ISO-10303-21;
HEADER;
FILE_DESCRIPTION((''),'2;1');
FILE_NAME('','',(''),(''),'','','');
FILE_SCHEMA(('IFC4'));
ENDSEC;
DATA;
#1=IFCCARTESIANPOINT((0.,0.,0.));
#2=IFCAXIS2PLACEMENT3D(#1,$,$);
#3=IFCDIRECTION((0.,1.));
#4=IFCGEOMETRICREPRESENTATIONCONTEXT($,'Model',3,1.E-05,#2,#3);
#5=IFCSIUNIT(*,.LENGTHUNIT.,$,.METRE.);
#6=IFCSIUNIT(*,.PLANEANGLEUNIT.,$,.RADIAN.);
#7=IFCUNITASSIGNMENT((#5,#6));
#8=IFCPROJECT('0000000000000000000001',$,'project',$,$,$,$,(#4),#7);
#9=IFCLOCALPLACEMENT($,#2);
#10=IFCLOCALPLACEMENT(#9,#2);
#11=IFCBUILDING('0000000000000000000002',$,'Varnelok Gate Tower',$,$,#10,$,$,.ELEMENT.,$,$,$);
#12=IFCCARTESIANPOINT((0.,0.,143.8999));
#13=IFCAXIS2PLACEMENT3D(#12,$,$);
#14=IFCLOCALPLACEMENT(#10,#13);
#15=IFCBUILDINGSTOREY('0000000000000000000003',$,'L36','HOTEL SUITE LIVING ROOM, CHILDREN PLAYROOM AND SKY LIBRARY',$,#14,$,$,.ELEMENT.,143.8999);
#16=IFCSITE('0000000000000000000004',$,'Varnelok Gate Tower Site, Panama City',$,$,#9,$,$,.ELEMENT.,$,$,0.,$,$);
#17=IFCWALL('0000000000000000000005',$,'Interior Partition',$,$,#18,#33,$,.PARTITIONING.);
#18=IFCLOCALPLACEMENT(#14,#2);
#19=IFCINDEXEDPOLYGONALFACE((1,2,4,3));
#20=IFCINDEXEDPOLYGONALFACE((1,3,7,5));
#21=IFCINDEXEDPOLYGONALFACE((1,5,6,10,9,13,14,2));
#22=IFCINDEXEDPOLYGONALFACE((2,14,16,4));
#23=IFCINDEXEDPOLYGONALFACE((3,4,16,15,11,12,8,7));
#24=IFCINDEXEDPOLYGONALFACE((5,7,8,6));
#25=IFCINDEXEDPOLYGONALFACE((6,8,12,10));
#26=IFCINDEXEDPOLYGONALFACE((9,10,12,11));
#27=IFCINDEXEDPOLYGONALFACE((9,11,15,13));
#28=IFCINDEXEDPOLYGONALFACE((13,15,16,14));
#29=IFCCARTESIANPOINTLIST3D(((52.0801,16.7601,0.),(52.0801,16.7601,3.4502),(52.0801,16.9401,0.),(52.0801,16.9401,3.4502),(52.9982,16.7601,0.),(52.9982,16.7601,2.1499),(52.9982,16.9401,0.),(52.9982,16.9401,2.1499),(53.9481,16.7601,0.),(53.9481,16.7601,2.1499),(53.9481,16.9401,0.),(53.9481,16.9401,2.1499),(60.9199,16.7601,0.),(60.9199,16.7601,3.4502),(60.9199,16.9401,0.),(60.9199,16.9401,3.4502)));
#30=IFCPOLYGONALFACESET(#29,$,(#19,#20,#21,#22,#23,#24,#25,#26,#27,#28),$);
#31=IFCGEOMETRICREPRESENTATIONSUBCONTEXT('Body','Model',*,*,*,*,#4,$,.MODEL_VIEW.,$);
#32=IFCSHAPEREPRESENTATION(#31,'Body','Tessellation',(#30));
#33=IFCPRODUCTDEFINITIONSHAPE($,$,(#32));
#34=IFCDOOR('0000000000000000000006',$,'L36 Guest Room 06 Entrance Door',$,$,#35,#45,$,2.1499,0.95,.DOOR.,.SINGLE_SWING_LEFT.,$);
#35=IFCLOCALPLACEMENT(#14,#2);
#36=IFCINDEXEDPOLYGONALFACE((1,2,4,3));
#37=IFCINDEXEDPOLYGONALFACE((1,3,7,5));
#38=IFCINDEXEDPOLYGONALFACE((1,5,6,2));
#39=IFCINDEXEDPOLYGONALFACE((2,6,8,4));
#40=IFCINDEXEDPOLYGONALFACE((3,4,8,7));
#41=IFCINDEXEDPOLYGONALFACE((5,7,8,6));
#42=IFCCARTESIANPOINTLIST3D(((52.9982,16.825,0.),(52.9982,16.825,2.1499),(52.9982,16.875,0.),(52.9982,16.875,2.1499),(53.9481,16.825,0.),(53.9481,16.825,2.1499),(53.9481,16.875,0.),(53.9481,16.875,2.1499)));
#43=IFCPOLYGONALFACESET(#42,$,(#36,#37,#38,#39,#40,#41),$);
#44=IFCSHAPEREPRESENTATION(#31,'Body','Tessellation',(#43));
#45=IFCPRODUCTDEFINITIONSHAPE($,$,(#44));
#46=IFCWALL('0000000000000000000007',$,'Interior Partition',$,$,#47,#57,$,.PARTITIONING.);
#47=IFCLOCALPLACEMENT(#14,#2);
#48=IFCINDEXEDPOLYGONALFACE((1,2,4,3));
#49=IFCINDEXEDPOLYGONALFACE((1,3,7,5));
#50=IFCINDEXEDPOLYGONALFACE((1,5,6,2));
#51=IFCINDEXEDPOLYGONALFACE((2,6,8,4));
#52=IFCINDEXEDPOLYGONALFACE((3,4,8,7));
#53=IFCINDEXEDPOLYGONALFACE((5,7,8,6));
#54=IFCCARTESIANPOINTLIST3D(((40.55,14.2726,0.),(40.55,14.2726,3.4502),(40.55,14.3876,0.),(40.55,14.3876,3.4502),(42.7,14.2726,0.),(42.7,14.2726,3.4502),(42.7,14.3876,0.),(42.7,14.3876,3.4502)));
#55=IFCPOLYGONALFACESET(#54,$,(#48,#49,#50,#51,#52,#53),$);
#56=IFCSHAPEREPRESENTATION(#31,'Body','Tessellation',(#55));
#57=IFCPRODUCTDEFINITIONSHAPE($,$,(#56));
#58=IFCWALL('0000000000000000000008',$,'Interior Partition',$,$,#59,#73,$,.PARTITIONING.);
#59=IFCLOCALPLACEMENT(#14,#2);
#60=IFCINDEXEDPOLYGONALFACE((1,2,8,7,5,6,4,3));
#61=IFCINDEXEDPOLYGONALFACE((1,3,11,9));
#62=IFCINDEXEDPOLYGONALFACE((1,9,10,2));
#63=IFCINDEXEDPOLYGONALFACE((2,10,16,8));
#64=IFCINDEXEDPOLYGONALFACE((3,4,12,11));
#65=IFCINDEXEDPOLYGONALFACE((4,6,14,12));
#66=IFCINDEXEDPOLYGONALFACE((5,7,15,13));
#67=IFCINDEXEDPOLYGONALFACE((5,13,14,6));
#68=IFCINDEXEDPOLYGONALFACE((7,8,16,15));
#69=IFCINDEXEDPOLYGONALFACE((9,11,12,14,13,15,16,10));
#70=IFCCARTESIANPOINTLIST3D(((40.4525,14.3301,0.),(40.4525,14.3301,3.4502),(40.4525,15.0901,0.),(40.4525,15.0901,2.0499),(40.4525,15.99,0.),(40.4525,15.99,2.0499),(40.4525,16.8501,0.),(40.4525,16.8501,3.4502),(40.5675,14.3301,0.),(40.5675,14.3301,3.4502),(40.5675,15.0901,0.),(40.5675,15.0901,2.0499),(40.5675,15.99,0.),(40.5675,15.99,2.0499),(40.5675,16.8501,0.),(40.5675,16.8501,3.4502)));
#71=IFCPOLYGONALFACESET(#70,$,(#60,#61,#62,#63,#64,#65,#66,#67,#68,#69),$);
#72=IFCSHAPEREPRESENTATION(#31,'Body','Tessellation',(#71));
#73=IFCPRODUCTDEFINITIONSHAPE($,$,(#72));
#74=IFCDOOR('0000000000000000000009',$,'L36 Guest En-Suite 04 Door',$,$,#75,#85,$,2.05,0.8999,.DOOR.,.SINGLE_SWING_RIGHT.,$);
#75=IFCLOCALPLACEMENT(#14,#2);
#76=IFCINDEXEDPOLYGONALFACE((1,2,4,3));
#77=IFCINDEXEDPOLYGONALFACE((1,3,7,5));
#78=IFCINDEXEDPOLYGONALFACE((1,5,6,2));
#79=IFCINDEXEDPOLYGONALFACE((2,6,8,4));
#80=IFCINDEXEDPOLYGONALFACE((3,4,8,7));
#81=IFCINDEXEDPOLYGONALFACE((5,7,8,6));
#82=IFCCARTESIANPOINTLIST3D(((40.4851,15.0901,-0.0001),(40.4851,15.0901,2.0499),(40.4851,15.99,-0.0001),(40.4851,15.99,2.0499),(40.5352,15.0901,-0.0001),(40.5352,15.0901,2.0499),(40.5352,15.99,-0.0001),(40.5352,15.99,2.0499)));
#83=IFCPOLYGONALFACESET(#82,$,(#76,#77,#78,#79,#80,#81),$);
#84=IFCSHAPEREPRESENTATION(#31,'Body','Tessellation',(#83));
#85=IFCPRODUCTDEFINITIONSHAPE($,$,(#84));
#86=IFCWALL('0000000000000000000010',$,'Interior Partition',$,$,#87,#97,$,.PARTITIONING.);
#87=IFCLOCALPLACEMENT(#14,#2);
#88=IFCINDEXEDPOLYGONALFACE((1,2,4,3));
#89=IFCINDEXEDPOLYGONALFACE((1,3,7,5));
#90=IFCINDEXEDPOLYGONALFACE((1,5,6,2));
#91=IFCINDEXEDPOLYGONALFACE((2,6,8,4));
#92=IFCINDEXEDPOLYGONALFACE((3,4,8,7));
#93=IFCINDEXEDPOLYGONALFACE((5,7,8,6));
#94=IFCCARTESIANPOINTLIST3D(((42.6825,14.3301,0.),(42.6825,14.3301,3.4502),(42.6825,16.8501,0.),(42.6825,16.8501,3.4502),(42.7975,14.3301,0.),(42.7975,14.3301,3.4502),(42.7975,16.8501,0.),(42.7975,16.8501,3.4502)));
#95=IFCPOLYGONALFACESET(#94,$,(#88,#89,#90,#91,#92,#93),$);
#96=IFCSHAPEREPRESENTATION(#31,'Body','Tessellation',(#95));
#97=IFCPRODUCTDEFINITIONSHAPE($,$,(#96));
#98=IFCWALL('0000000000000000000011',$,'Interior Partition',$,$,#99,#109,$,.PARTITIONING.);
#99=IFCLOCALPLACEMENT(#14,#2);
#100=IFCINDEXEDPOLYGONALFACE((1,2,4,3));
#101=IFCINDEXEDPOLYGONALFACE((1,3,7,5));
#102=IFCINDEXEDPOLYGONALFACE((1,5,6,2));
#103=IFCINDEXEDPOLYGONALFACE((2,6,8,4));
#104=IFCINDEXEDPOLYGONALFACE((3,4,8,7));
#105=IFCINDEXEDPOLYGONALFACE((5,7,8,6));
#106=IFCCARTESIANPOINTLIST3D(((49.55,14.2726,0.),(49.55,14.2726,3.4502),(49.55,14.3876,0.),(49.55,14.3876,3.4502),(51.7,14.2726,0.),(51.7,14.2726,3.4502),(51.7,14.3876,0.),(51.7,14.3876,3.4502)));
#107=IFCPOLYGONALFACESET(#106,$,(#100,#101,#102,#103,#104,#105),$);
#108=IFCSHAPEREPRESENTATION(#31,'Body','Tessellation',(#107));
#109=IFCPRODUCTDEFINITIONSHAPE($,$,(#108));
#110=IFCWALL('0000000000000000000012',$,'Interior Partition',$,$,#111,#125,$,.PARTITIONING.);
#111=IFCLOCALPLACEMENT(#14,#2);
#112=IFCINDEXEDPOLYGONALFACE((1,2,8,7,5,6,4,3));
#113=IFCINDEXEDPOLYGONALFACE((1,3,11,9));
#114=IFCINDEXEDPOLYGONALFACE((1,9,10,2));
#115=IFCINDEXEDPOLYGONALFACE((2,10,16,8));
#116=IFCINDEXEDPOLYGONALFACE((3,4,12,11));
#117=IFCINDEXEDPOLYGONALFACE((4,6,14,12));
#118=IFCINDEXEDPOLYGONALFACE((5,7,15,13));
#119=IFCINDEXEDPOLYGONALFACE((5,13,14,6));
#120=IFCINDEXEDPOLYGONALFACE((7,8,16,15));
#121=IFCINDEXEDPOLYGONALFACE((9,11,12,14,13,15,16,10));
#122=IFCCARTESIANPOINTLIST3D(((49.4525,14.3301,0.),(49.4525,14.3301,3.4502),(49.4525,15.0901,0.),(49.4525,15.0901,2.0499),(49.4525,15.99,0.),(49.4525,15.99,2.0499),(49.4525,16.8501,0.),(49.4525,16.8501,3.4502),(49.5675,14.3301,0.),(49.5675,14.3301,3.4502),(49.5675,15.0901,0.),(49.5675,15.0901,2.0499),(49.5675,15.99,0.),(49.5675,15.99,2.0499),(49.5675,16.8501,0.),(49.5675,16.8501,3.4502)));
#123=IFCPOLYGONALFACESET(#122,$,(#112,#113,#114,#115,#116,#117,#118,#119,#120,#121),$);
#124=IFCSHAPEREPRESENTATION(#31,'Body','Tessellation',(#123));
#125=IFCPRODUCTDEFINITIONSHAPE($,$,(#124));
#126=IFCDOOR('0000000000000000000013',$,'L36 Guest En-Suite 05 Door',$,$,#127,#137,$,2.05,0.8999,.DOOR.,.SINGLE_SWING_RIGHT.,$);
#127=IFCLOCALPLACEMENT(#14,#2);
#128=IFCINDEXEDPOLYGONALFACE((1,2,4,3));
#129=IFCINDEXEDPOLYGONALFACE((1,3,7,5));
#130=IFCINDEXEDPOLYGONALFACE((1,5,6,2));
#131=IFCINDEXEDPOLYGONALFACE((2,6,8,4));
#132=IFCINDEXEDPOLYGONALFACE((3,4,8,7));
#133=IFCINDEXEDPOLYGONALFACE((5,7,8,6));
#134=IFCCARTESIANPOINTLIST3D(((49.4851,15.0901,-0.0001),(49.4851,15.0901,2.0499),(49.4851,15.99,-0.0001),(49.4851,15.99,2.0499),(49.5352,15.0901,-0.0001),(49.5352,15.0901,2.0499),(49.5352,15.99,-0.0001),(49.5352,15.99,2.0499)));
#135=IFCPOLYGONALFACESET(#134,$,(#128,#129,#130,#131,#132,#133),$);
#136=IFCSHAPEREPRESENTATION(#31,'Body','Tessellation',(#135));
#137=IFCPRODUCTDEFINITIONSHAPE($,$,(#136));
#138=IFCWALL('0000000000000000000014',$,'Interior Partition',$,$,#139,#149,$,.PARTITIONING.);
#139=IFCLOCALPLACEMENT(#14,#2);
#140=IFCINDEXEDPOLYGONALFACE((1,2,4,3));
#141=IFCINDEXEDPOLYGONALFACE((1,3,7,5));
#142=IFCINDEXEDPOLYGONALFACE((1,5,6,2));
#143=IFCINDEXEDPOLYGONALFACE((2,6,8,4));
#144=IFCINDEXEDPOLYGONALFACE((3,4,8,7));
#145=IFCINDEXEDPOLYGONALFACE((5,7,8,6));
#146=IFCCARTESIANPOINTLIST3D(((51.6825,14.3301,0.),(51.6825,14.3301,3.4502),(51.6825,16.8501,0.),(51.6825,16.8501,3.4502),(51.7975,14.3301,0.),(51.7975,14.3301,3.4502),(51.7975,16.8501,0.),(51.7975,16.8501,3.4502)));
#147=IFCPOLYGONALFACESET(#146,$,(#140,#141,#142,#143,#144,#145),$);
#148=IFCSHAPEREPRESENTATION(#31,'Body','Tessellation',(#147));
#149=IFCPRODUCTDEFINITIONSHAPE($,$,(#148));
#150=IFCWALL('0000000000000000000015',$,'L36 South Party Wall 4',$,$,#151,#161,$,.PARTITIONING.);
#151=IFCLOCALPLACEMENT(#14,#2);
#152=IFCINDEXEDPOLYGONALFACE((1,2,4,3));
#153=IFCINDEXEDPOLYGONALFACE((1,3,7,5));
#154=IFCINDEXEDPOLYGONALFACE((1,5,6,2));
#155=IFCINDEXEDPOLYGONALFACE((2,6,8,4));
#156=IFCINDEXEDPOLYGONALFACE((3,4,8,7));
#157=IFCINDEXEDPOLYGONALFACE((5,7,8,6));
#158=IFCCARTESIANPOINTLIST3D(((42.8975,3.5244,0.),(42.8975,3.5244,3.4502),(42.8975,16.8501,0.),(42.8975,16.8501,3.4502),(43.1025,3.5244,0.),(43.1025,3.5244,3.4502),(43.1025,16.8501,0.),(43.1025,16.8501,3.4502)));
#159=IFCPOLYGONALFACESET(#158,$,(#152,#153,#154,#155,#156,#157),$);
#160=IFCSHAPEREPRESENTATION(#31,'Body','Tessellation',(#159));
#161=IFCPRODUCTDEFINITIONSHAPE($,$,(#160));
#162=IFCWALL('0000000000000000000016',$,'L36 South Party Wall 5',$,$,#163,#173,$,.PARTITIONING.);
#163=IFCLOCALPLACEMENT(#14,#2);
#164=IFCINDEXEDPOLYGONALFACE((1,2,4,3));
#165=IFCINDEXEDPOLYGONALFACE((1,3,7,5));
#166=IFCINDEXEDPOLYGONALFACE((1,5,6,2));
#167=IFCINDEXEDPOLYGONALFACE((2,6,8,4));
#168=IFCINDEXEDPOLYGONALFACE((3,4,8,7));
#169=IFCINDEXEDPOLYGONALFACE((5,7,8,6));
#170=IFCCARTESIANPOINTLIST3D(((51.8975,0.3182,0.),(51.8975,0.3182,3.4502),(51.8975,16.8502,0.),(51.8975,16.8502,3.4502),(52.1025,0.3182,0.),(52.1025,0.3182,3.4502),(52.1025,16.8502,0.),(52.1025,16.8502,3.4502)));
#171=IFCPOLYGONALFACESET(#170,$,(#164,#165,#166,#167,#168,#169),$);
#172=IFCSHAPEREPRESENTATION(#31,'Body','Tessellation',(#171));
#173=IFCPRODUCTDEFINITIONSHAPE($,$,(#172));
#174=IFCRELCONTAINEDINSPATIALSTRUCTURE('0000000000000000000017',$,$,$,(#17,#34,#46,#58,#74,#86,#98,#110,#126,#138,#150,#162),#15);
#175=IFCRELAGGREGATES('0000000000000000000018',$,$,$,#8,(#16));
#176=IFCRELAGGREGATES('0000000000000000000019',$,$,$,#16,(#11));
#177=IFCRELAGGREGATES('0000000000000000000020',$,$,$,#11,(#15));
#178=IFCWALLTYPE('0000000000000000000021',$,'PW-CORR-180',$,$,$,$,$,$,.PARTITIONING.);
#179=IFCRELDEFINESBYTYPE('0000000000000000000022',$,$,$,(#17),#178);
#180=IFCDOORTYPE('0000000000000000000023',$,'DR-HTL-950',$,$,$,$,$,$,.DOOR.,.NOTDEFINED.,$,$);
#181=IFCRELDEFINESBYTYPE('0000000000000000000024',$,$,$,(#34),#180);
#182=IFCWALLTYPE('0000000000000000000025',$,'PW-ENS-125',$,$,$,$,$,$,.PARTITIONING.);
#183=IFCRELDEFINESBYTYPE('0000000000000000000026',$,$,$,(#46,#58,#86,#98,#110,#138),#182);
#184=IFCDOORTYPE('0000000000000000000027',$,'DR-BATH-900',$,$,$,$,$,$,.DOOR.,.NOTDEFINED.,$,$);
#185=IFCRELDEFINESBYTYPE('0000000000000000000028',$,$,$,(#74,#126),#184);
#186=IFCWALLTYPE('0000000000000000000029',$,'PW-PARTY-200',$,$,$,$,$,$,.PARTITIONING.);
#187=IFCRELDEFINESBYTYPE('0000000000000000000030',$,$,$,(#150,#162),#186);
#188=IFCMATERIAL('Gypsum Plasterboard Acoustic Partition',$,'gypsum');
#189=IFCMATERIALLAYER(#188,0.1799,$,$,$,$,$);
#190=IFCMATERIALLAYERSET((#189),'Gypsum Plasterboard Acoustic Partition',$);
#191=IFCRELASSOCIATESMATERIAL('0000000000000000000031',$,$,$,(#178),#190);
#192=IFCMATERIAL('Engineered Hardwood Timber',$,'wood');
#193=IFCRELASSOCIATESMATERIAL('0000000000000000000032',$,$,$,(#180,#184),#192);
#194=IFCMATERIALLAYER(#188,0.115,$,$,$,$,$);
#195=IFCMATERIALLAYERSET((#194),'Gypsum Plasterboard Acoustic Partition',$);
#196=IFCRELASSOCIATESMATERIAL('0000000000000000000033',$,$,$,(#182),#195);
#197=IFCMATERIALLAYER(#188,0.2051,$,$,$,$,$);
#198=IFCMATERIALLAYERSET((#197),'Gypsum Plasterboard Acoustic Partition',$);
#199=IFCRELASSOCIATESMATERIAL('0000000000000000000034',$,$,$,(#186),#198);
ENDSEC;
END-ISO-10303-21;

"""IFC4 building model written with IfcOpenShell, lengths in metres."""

from ifc_helpers import new_model, si_unit, direction, frame, frame_2d, origin, place, context, subcontext, project, spatial, rectangle, extrude, material, layer, layer_set, type_object, element, fill, save


model = new_model("IFC4")

# Units and contexts
model_context = context("Model", 3, precision=1e-05, world=origin(), true_north=direction((0.0, 1.0)))
body_context = subcontext(model_context, "Body", "Model", "MODEL_VIEW")
ifc_project = project(units=[si_unit("LENGTHUNIT", "METRE"), si_unit("PLANEANGLEUNIT", "RADIAN")], contexts=[model_context])

# Site, building, storey
site_placement = place(None, origin())
site = spatial("IfcSite", under=ifc_project, at=site_placement, Name="Varnelok Gate Tower Site, Panama City", CompositionType="ELEMENT", RefElevation=0.0)
building_placement = place(site_placement, origin())
building = spatial("IfcBuilding", under=site, at=building_placement, Name="Varnelok Gate Tower", CompositionType="ELEMENT")
storey_placement = place(building_placement, frame((0.0, 0.0, 143.8999)))
storey = spatial("IfcBuildingStorey", under=building, at=storey_placement, Name="L36", Description="HOTEL SUITE LIVING ROOM, CHILDREN PLAYROOM AND SKY LIBRARY", CompositionType="ELEMENT", Elevation=143.8999)

# Wall, opening, door
ifc_material_1 = material(Name="Gypsum Plasterboard Acoustic Partition", Category="gypsum")
ifc_layer_1 = layer(ifc_material_1, 0.1799)
ifc_layer_set_1 = layer_set([ifc_layer_1], Name="Gypsum Plasterboard Acoustic Partition")
wall_type_1 = type_object("IfcWallType", Name="PW-CORR-180", PredefinedType="PARTITIONING", material=ifc_layer_set_1)
ifc_material_2 = material(Name="Engineered Hardwood Timber", Category="wood")
door_type_1 = type_object("IfcDoorType", Name="DR-HTL-950", OperationType="NOTDEFINED", PredefinedType="DOOR", material=ifc_material_2)
wall_1_placement = place(storey_placement, frame((52.0801, 16.8501, 0.0), z_axis=(0.0, 0.0, 1.0), x_axis=(1.0, 0.0, 0.0)))
wall_1 = element("IfcWall", 1, at=wall_1_placement, inside=storey, type_object=wall_type_1, Name="Interior Partition", PredefinedType="PARTITIONING", context=body_context, shape_type="SweptSolid", body=[
    extrude(rectangle(XDim=8.8398, YDim=0.1799, at=frame_2d((4.4199, 0.0))), origin(), (0.0, 0.0, 1.0), 3.4502),
])
opening_1_placement = place(wall_1_placement, frame((0.918, 0.0, 0.0)))
opening_1 = element("IfcOpeningElement", 2, at=opening_1_placement, cuts=wall_1, PredefinedType="OPENING", context=body_context, shape_type="SweptSolid", body=[
    extrude(rectangle(XDim=0.95, YDim=2.1499, at=frame_2d((0.4751, 1.075))), frame((0.0, 0.0999, 0.0), z_axis=(0.0, -1.0, 0.0), x_axis=(1.0, 0.0, 0.0)), (0.0, 0.0, 1.0), 0.2),
])
door_1_placement = place(opening_1_placement, origin())
door_1 = element("IfcDoor", 3, at=door_1_placement, inside=storey, type_object=door_type_1, Name="L36 Guest Room 06 Entrance Door", OperationType="SINGLE_SWING_LEFT", OverallHeight=2.1499, OverallWidth=0.95, PredefinedType="DOOR", context=body_context, shape_type="SweptSolid", body=[
    extrude(rectangle(XDim=0.95, YDim=2.1499, at=frame_2d((0.4751, 1.075))), frame((0.0, 0.0249, 0.0), z_axis=(0.0, -1.0, 0.0), x_axis=(1.0, 0.0, 0.0)), (0.0, 0.0, 1.0), 0.05),
])
fill(opening_1, door_1)

# Wall
ifc_layer_2 = layer(ifc_material_1, 0.115)
ifc_layer_set_2 = layer_set([ifc_layer_2], Name="Gypsum Plasterboard Acoustic Partition")
wall_type_2 = type_object("IfcWallType", Name="PW-ENS-125", PredefinedType="PARTITIONING", material=ifc_layer_set_2)
wall_2_placement = place(storey_placement, frame((40.55, 14.3301, 0.0), z_axis=(0.0, 0.0, 1.0), x_axis=(1.0, 0.0, 0.0)))
element("IfcWall", 4, at=wall_2_placement, inside=storey, type_object=wall_type_2, Name="Interior Partition", PredefinedType="PARTITIONING", context=body_context, shape_type="SweptSolid", body=[
    extrude(rectangle(XDim=2.1499, YDim=0.115, at=frame_2d((1.075, 0.0))), origin(), (0.0, 0.0, 1.0), 3.4502),
])

# Wall, opening, door
wall_3_placement = place(storey_placement, frame((40.51, 14.3301, 0.0), z_axis=(0.0, 0.0, 1.0), x_axis=(0.0, 1.0, 0.0)))
wall_3 = element("IfcWall", 5, at=wall_3_placement, inside=storey, type_object=wall_type_2, Name="Interior Partition", PredefinedType="PARTITIONING", context=body_context, shape_type="SweptSolid", body=[
    extrude(rectangle(XDim=2.52, YDim=0.115, at=frame_2d((1.26, 0.0))), origin(), (0.0, 0.0, 1.0), 3.4502),
])
opening_2_placement = place(wall_3_placement, frame((0.76, 0.0, 0.0)))
opening_2 = element("IfcOpeningElement", 6, at=opening_2_placement, cuts=wall_3, PredefinedType="OPENING", context=body_context, shape_type="SweptSolid", body=[
    extrude(rectangle(XDim=0.8999, YDim=2.05, at=frame_2d((0.45, 1.0249))), frame((0.0, 0.0674, 0.0), z_axis=(0.0, -1.0, 0.0), x_axis=(1.0, 0.0, 0.0)), (0.0, 0.0, 1.0), 0.135),
])
door_type_2 = type_object("IfcDoorType", Name="DR-BATH-900", OperationType="NOTDEFINED", PredefinedType="DOOR", material=ifc_material_2)
door_2_placement = place(opening_2_placement, origin())
door_2 = element("IfcDoor", 7, at=door_2_placement, inside=storey, type_object=door_type_2, Name="L36 Guest En-Suite 04 Door", OperationType="SINGLE_SWING_RIGHT", OverallHeight=2.05, OverallWidth=0.8999, PredefinedType="DOOR", context=body_context, shape_type="SweptSolid", body=[
    extrude(rectangle(XDim=0.8999, YDim=2.05, at=frame_2d((0.45, 1.0249))), frame((0.0, 0.0249, 0.0), z_axis=(0.0, -1.0, 0.0), x_axis=(1.0, 0.0, 0.0)), (0.0, 0.0, 1.0), 0.05),
])
fill(opening_2, door_2)

# Walls
wall_4_placement = place(storey_placement, frame((42.74, 14.3301, 0.0), z_axis=(0.0, 0.0, 1.0), x_axis=(0.0, 1.0, 0.0)))
element("IfcWall", 8, at=wall_4_placement, inside=storey, type_object=wall_type_2, Name="Interior Partition", PredefinedType="PARTITIONING", context=body_context, shape_type="SweptSolid", body=[
    extrude(rectangle(XDim=2.52, YDim=0.115, at=frame_2d((1.26, 0.0))), origin(), (0.0, 0.0, 1.0), 3.4502),
])
wall_5_placement = place(storey_placement, frame((49.55, 14.3301, 0.0), z_axis=(0.0, 0.0, 1.0), x_axis=(1.0, 0.0, 0.0)))
element("IfcWall", 9, at=wall_5_placement, inside=storey, type_object=wall_type_2, Name="Interior Partition", PredefinedType="PARTITIONING", context=body_context, shape_type="SweptSolid", body=[
    extrude(rectangle(XDim=2.1499, YDim=0.115, at=frame_2d((1.075, 0.0))), origin(), (0.0, 0.0, 1.0), 3.4502),
])

# Wall, opening, door
wall_6_placement = place(storey_placement, frame((49.51, 14.3301, 0.0), z_axis=(0.0, 0.0, 1.0), x_axis=(0.0, 1.0, 0.0)))
wall_6 = element("IfcWall", 10, at=wall_6_placement, inside=storey, type_object=wall_type_2, Name="Interior Partition", PredefinedType="PARTITIONING", context=body_context, shape_type="SweptSolid", body=[
    extrude(rectangle(XDim=2.52, YDim=0.115, at=frame_2d((1.26, 0.0))), origin(), (0.0, 0.0, 1.0), 3.4502),
])
opening_3_placement = place(wall_6_placement, frame((0.76, 0.0, 0.0)))
opening_3 = element("IfcOpeningElement", 11, at=opening_3_placement, cuts=wall_6, PredefinedType="OPENING", context=body_context, shape_type="SweptSolid", body=[
    extrude(rectangle(XDim=0.8999, YDim=2.05, at=frame_2d((0.45, 1.0249))), frame((0.0, 0.0674, 0.0), z_axis=(0.0, -1.0, 0.0), x_axis=(1.0, 0.0, 0.0)), (0.0, 0.0, 1.0), 0.135),
])
door_3_placement = place(opening_3_placement, origin())
door_3 = element("IfcDoor", 12, at=door_3_placement, inside=storey, type_object=door_type_2, Name="L36 Guest En-Suite 05 Door", OperationType="SINGLE_SWING_RIGHT", OverallHeight=2.05, OverallWidth=0.8999, PredefinedType="DOOR", context=body_context, shape_type="SweptSolid", body=[
    extrude(rectangle(XDim=0.8999, YDim=2.05, at=frame_2d((0.45, 1.0249))), frame((0.0, 0.0249, 0.0), z_axis=(0.0, -1.0, 0.0), x_axis=(1.0, 0.0, 0.0)), (0.0, 0.0, 1.0), 0.05),
])
fill(opening_3, door_3)

# Walls
wall_7_placement = place(storey_placement, frame((51.74, 14.3301, 0.0), z_axis=(0.0, 0.0, 1.0), x_axis=(0.0, 1.0, 0.0)))
element("IfcWall", 13, at=wall_7_placement, inside=storey, type_object=wall_type_2, Name="Interior Partition", PredefinedType="PARTITIONING", context=body_context, shape_type="SweptSolid", body=[
    extrude(rectangle(XDim=2.52, YDim=0.115, at=frame_2d((1.26, 0.0))), origin(), (0.0, 0.0, 1.0), 3.4502),
])
ifc_layer_3 = layer(ifc_material_1, 0.2051)
ifc_layer_set_3 = layer_set([ifc_layer_3], Name="Gypsum Plasterboard Acoustic Partition")
wall_type_3 = type_object("IfcWallType", Name="PW-PARTY-200", PredefinedType="PARTITIONING", material=ifc_layer_set_3)
wall_8_placement = place(storey_placement, frame((43.0, 3.5244, 0.0), z_axis=(0.0, 0.0, 1.0), x_axis=(0.0, 1.0, 0.0)))
element("IfcWall", 14, at=wall_8_placement, inside=storey, type_object=wall_type_3, Name="L36 South Party Wall 4", PredefinedType="PARTITIONING", context=body_context, shape_type="SweptSolid", body=[
    extrude(rectangle(XDim=13.3257, YDim=0.2051, at=frame_2d((6.6628, 0.0))), origin(), (0.0, 0.0, 1.0), 3.4502),
])
wall_9_placement = place(storey_placement, frame((52.0, 0.3181, 0.0), z_axis=(0.0, 0.0, 1.0), x_axis=(0.0, 1.0, 0.0)))
element("IfcWall", 15, at=wall_9_placement, inside=storey, type_object=wall_type_3, Name="L36 South Party Wall 5", PredefinedType="PARTITIONING", context=body_context, shape_type="SweptSolid", body=[
    extrude(rectangle(XDim=16.532, YDim=0.2051, at=frame_2d((8.2661, 0.0))), origin(), (0.0, 0.0, 1.0), 3.4502),
])

save(model, "model.ifc")
